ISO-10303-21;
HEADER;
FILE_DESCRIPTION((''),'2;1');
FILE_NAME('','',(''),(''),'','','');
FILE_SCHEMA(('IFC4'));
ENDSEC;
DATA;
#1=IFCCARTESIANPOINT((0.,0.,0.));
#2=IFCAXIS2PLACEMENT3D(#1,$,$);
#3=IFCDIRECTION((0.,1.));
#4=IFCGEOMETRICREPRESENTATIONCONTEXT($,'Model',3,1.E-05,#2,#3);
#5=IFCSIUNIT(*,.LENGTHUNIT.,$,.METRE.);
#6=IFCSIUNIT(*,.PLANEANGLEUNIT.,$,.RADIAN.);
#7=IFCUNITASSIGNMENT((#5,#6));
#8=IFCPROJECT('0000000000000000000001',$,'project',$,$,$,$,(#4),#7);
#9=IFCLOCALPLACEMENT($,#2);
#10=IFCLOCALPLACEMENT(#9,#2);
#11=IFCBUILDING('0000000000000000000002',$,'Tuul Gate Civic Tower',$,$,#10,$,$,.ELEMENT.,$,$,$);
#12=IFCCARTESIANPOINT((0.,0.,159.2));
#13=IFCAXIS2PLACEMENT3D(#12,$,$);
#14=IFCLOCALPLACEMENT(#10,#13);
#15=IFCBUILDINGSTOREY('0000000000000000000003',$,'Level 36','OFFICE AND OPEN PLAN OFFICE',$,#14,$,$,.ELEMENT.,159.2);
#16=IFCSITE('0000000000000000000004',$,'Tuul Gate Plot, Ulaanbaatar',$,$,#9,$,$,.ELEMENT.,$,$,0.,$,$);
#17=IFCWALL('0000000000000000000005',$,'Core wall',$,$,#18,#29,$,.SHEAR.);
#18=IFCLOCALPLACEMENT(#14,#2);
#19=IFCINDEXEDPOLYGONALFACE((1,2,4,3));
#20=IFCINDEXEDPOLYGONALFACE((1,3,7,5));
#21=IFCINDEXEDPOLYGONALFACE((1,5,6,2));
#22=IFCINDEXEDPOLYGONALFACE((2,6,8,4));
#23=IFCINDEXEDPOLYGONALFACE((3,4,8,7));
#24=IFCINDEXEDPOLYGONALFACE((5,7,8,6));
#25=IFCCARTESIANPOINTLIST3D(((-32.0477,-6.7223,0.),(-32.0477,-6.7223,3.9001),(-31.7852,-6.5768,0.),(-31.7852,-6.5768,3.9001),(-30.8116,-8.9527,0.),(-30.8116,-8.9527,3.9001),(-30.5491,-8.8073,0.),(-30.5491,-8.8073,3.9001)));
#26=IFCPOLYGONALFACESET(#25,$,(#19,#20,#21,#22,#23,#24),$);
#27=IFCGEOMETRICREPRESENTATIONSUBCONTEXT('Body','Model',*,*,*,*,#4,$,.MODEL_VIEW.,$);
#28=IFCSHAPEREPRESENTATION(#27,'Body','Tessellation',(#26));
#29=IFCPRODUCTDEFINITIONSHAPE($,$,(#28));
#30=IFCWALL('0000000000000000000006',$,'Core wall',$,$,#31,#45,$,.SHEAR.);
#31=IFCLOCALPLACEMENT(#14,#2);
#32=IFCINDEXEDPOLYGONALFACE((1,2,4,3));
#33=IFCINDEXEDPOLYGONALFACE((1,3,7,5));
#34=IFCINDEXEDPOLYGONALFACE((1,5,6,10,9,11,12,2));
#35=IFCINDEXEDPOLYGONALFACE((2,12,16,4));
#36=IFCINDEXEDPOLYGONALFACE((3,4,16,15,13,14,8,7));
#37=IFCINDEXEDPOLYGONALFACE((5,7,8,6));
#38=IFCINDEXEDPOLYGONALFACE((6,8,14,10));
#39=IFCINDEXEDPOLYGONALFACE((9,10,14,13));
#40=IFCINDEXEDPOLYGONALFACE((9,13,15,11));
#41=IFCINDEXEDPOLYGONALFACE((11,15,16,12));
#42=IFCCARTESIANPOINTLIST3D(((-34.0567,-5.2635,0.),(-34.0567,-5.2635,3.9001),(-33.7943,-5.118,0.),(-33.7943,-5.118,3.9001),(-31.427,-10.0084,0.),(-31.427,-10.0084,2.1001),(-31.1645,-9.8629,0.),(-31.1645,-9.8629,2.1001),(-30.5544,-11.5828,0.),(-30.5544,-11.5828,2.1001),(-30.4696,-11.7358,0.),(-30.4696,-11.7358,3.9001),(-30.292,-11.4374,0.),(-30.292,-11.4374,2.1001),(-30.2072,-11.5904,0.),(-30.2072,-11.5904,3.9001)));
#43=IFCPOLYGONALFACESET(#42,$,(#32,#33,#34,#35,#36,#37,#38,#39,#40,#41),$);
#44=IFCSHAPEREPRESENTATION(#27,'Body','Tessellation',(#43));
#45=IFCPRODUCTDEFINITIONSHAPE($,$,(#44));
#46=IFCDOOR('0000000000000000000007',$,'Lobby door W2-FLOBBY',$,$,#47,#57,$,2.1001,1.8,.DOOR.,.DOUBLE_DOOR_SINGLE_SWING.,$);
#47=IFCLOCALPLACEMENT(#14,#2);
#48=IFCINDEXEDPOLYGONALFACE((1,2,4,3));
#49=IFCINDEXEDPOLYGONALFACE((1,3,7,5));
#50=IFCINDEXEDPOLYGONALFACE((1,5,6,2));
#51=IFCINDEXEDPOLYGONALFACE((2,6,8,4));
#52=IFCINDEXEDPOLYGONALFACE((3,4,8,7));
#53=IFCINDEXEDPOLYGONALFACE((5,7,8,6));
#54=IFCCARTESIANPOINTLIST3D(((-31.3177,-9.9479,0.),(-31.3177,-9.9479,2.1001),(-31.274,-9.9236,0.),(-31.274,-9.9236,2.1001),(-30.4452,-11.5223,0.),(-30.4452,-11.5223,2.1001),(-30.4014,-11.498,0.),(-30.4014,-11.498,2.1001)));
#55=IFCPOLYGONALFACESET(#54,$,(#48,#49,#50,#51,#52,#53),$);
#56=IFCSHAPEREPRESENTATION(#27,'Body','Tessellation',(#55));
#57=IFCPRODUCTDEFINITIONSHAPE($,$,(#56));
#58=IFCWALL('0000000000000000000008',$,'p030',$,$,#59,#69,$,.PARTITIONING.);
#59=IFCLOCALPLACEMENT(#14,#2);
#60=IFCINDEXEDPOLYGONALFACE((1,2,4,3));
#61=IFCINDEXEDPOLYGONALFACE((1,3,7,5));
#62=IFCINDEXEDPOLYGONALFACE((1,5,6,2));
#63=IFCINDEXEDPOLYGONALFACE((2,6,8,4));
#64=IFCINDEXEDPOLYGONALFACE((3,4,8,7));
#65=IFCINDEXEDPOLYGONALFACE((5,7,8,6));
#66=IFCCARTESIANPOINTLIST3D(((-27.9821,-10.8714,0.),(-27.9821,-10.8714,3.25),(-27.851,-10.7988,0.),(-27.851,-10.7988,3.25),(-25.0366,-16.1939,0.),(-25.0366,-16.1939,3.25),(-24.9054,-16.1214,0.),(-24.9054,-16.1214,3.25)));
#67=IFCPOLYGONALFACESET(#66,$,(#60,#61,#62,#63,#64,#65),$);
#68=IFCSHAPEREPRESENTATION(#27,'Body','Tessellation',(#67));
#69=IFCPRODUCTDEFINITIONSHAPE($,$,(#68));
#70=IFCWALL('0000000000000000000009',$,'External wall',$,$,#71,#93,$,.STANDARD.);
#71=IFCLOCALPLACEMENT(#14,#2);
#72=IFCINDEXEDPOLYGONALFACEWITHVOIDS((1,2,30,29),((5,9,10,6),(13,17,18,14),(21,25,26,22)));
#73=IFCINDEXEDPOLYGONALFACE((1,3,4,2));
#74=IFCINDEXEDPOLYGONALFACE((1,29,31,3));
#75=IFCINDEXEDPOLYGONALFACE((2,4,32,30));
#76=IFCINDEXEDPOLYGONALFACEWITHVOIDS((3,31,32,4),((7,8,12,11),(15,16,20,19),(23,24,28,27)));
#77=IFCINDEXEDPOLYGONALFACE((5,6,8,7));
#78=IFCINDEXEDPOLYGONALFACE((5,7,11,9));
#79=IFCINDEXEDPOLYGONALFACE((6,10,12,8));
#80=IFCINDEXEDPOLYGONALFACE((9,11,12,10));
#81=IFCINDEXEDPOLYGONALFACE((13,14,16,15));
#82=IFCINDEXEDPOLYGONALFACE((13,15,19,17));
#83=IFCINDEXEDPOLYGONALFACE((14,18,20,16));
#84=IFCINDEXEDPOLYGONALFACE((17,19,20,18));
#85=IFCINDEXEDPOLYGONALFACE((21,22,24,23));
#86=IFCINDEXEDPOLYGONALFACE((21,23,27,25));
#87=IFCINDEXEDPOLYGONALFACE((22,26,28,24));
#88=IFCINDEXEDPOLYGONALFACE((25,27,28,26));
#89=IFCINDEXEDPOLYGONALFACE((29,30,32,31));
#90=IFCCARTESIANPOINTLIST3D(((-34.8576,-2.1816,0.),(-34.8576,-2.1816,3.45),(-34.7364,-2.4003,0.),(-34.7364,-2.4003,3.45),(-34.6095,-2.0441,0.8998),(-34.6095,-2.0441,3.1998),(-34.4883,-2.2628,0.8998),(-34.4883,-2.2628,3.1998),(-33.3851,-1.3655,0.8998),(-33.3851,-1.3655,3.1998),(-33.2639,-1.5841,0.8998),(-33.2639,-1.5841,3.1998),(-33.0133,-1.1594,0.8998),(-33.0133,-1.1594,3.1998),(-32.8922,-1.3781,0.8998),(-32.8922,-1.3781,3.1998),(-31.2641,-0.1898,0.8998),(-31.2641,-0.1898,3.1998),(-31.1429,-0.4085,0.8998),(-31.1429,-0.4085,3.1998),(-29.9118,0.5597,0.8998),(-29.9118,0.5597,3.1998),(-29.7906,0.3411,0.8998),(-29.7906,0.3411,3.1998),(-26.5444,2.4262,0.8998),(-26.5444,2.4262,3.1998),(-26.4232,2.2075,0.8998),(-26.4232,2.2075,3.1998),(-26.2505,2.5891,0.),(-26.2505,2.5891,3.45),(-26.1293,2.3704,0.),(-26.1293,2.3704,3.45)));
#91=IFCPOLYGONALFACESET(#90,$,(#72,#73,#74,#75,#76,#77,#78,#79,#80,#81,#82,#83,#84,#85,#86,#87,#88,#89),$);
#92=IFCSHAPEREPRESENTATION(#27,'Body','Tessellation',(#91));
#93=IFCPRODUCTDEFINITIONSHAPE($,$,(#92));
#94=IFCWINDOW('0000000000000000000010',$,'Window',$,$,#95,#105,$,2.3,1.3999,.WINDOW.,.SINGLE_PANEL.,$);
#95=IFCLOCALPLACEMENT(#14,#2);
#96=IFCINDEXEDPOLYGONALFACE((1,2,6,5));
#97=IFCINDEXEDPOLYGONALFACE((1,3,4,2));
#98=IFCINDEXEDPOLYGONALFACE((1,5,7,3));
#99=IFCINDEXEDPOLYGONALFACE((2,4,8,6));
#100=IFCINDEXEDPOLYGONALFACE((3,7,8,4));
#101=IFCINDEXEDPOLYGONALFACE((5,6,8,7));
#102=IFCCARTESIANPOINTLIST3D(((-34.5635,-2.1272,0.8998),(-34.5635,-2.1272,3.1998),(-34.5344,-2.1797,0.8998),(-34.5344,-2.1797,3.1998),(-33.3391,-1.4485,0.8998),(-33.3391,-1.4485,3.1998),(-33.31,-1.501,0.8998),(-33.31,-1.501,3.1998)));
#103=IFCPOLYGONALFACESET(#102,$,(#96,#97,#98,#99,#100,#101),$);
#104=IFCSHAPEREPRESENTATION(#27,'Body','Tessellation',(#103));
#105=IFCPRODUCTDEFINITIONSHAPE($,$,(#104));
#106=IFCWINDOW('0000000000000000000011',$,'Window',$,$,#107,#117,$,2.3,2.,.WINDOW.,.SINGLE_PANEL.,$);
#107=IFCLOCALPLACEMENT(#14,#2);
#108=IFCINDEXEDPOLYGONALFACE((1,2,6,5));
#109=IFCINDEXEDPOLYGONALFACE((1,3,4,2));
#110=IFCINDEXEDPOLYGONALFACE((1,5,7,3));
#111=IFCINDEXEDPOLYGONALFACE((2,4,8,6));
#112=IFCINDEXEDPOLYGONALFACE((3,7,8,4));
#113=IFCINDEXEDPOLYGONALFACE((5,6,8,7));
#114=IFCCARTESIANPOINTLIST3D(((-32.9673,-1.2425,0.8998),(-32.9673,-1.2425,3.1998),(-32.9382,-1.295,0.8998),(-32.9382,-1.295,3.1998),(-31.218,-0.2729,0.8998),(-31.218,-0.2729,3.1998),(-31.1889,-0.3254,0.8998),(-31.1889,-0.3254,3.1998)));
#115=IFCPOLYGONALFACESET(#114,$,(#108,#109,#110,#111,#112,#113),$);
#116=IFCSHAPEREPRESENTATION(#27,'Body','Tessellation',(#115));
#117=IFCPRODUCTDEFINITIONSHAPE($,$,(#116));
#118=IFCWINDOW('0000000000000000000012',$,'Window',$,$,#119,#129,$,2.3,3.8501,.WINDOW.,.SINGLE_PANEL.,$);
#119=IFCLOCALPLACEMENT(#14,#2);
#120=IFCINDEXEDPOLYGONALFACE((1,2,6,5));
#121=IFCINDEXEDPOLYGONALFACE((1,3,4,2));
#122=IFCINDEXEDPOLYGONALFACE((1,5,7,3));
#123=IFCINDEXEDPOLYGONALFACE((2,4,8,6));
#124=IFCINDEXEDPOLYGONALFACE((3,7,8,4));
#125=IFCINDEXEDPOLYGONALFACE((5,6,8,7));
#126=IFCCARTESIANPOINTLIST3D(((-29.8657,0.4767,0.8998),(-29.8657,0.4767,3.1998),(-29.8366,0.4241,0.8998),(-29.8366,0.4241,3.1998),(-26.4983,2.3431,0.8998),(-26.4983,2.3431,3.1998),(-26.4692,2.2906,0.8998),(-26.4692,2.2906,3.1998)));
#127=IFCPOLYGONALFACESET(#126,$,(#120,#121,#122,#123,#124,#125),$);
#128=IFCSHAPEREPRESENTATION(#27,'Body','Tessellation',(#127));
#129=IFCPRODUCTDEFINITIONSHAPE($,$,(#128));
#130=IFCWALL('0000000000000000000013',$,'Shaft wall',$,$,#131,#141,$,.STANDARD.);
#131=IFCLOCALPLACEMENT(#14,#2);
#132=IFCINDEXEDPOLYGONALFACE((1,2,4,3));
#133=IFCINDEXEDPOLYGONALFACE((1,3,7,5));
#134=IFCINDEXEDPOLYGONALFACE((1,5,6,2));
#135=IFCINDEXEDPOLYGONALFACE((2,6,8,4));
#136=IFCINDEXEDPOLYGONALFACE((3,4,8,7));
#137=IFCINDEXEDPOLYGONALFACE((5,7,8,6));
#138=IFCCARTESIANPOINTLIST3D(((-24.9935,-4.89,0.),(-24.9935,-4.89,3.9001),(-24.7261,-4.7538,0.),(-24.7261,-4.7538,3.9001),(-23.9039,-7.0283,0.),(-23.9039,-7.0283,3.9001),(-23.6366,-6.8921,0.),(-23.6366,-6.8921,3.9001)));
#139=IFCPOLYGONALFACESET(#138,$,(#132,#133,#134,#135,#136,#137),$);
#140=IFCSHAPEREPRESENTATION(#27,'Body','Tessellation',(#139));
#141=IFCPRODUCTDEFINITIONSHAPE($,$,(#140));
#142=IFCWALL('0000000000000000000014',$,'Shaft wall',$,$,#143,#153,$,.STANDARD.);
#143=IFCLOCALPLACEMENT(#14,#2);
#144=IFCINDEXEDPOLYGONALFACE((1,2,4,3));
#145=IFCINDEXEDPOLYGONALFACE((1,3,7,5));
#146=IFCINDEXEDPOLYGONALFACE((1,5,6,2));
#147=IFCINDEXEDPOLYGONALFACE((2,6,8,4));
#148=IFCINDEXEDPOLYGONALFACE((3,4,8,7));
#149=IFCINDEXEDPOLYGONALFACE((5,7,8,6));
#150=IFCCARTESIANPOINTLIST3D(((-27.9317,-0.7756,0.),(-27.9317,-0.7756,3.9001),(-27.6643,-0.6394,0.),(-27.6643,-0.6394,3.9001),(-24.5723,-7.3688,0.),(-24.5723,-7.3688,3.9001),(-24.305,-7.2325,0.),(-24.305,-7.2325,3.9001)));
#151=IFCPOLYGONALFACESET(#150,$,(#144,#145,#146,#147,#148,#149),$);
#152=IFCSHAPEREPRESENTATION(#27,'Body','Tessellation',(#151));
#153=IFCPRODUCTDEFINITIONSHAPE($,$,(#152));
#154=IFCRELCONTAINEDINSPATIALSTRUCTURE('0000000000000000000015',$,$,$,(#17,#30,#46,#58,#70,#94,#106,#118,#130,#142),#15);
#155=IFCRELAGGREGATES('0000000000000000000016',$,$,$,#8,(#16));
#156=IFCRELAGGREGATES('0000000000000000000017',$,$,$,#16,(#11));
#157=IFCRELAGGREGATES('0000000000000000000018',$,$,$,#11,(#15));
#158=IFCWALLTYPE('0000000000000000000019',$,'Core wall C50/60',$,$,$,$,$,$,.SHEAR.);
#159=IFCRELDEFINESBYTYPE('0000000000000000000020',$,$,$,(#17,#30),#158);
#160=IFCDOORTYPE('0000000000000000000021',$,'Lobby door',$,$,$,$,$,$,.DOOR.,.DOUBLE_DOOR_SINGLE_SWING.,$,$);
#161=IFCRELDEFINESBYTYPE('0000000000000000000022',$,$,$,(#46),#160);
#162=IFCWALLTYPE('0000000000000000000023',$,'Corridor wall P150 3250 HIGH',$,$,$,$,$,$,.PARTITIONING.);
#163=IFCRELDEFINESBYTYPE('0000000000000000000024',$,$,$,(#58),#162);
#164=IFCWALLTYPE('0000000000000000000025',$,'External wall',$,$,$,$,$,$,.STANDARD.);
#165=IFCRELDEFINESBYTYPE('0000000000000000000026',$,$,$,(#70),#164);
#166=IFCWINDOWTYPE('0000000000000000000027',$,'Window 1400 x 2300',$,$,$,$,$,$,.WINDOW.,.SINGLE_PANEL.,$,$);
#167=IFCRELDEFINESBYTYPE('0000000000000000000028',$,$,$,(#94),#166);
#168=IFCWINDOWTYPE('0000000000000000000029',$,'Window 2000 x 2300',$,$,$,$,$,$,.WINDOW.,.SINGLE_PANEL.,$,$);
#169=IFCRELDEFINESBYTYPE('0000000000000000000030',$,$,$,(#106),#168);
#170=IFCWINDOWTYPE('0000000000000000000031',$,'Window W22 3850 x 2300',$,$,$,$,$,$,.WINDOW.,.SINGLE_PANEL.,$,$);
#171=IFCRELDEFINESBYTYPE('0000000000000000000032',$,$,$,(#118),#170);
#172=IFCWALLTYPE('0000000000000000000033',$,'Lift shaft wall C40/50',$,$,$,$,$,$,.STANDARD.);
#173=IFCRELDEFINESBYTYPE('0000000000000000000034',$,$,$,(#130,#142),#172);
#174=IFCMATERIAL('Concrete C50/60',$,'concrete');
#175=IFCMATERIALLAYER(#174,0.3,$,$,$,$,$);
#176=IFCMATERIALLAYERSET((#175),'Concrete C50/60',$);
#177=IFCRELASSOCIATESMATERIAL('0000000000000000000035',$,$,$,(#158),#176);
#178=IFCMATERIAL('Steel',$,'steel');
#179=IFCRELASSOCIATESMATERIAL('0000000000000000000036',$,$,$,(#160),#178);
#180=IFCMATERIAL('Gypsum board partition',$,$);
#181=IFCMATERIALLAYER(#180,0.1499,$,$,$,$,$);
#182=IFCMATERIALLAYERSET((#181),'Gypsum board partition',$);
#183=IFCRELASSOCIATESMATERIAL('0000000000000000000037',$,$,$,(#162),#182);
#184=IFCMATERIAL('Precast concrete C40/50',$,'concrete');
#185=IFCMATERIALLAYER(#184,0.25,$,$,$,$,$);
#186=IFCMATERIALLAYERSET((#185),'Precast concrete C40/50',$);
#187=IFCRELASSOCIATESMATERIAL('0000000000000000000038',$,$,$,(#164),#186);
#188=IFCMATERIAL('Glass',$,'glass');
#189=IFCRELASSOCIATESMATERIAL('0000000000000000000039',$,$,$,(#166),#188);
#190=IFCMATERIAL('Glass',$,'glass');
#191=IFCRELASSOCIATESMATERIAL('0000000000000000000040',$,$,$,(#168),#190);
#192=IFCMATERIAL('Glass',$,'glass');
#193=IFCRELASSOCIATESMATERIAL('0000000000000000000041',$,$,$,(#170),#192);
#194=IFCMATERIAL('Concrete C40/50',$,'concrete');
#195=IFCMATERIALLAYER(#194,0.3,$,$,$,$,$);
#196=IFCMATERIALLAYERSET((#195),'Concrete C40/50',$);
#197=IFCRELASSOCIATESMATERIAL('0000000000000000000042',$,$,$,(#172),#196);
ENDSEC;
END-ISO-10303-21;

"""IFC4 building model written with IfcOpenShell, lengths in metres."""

from ifc_helpers import new_model, si_unit, direction, frame, frame_2d, origin, place, context, subcontext, project, spatial, rectangle, extrude, material, layer, layer_set, type_object, element, fill, save


model = new_model("IFC4")

# Units and contexts
model_context = context("Model", 3, precision=1e-05, world=origin(), true_north=direction((0.0, 1.0)))
body_context = subcontext(model_context, "Body", "Model", "MODEL_VIEW")
ifc_project = project(units=[si_unit("LENGTHUNIT", "METRE"), si_unit("PLANEANGLEUNIT", "RADIAN")], contexts=[model_context])

# Site, building, storey
site_placement = place(None, origin())
site = spatial("IfcSite", under=ifc_project, at=site_placement, Name="Tuul Gate Plot, Ulaanbaatar", CompositionType="ELEMENT", RefElevation=0.0)
building_placement = place(site_placement, origin())
building = spatial("IfcBuilding", under=site, at=building_placement, Name="Tuul Gate Civic Tower", CompositionType="ELEMENT")
storey_placement = place(building_placement, frame((0.0, 0.0, 159.2)))
storey = spatial("IfcBuildingStorey", under=building, at=storey_placement, Name="Level 36", Description="OFFICE AND OPEN PLAN OFFICE", CompositionType="ELEMENT", Elevation=159.2)

# Shared definitions
ifc_material_1 = material(Name="Concrete C50/60", Category="concrete")
ifc_layer_1 = layer(ifc_material_1, 0.3)
ifc_layer_set_1 = layer_set([ifc_layer_1], Name="Concrete C50/60")
wall_type_1 = type_object("IfcWallType", Name="Core wall C50/60", PredefinedType="SHEAR", material=ifc_layer_set_1)

# Wall
wall_1_placement = place(storey_placement, frame((-30.6804, -8.8799, 0.0), z_axis=(0.0, 0.0, 1.0), x_axis=(-0.484724, 0.874667, 0.0)))
element("IfcWall", 1, at=wall_1_placement, inside=storey, type_object=wall_type_1, Name="Core wall", PredefinedType="SHEAR", context=body_context, shape_type="SweptSolid", body=[
    extrude(rectangle(XDim=2.55, YDim=0.3, at=frame_2d((1.2749, 0.0))), origin(), (0.0, 0.0, 1.0), 3.9001),
])

# Wall, opening, door
wall_2_placement = place(storey_placement, frame((-30.3384, -11.6631, 0.0), z_axis=(0.0, 0.0, 1.0), x_axis=(-0.484752, 0.874652, 0.0)))
wall_2 = element("IfcWall", 2, at=wall_2_placement, inside=storey, type_object=wall_type_1, Name="Core wall", PredefinedType="SHEAR", context=body_context, shape_type="SweptSolid", body=[
    extrude(rectangle(XDim=7.3999, YDim=0.3, at=frame_2d((3.7, 0.0))), origin(), (0.0, 0.0, 1.0), 3.9001),
])
opening_1_placement = place(wall_2_placement, frame((0.175, 0.0, 0.0)))
opening_1 = element("IfcOpeningElement", 3, at=opening_1_placement, cuts=wall_2, PredefinedType="OPENING", context=body_context, shape_type="SweptSolid", body=[
    extrude(rectangle(XDim=1.8, YDim=2.1001, at=frame_2d((0.8999, 1.05))), frame((0.0, 0.1602, 0.0), z_axis=(0.0, -1.0, 0.0), x_axis=(1.0, 0.0, 0.0)), (0.0, 0.0, 1.0), 0.3201),
])
ifc_material_2 = material(Name="Steel", Category="steel")
door_type_1 = type_object("IfcDoorType", Name="Lobby door", OperationType="DOUBLE_DOOR_SINGLE_SWING", PredefinedType="DOOR", material=ifc_material_2)
door_1_placement = place(opening_1_placement, frame((1.8, 0.0, 0.0), z_axis=(0.0, 0.0, 1.0), x_axis=(-1.0, 0.0, 0.0)))
door_1 = element("IfcDoor", 4, at=door_1_placement, inside=storey, type_object=door_type_1, Name="Lobby door W2-FLOBBY", OperationType="DOUBLE_DOOR_SINGLE_SWING", OverallHeight=2.1001, OverallWidth=1.8, PredefinedType="DOOR", context=body_context, shape_type="SweptSolid", body=[
    extrude(rectangle(XDim=1.8, YDim=2.1001, at=frame_2d((0.9001, 1.05))), frame((0.0, 0.0249, 0.0), z_axis=(0.0, -1.0, 0.0), x_axis=(1.0, 0.0, 0.0)), (0.0, 0.0, 1.0), 0.05),
])
fill(opening_1, door_1)

# Wall
ifc_material_3 = material(Name="Gypsum board partition")
ifc_layer_2 = layer(ifc_material_3, 0.1499)
ifc_layer_set_2 = layer_set([ifc_layer_2], Name="Gypsum board partition")
wall_type_2 = type_object("IfcWallType", Name="Corridor wall P150 3250 HIGH", PredefinedType="PARTITIONING", material=ifc_layer_set_2)
wall_3_placement = place(storey_placement, frame((-27.9165, -10.8352, 0.0), z_axis=(0.0, 0.0, 1.0), x_axis=(0.484211, -0.874951, 0.0)))
element("IfcWall", 5, at=wall_3_placement, inside=storey, type_object=wall_type_2, Name="p030", PredefinedType="PARTITIONING", context=body_context, shape_type="SweptSolid", body=[
    extrude(rectangle(XDim=6.0833, YDim=0.1499, at=frame_2d((3.0415, 0.0))), origin(), (0.0, 0.0, 1.0), 3.25),
])

# Wall, openings, windows
ifc_material_4 = material(Name="Precast concrete C40/50", Category="concrete")
ifc_layer_3 = layer(ifc_material_4, 0.25)
ifc_layer_set_3 = layer_set([ifc_layer_3], Name="Precast concrete C40/50")
wall_type_3 = type_object("IfcWallType", Name="External wall", PredefinedType="STANDARD", material=ifc_layer_set_3)
wall_4_placement = place(storey_placement, frame((-26.1899, 2.4797, 0.0), z_axis=(0.0, 0.0, 1.0), x_axis=(-0.874632, -0.484787, 0.0)))
wall_4 = element("IfcWall", 6, at=wall_4_placement, inside=storey, type_object=wall_type_3, Name="External wall", PredefinedType="STANDARD", context=body_context, shape_type="SweptSolid", body=[
    extrude(rectangle(XDim=9.8408, YDim=0.25, at=frame_2d((4.9204, 0.0))), origin(), (0.0, 0.0, 1.0), 3.45),
])
opening_2_placement = place(wall_4_placement, frame((0.3359, 0.0, 0.8999)))
opening_2 = element("IfcOpeningElement", 7, at=opening_2_placement, cuts=wall_4, PredefinedType="OPENING", context=body_context, shape_type="SweptSolid", body=[
    extrude(rectangle(XDim=3.8501, YDim=2.3, at=frame_2d((1.925, 1.1499))), frame((0.0, 0.135, 0.0), z_axis=(0.0, -1.0, 0.0), x_axis=(1.0, 0.0, 0.0)), (0.0, 0.0, 1.0), 0.27),
])
opening_3_placement = place(wall_4_placement, frame((5.7322, 0.0, 0.8999)))
opening_3 = element("IfcOpeningElement", 8, at=opening_3_placement, cuts=wall_4, PredefinedType="OPENING", context=body_context, shape_type="SweptSolid", body=[
    extrude(rectangle(XDim=2.0, YDim=2.3, at=frame_2d((1.0, 1.1499))), frame((0.0, 0.135, 0.0), z_axis=(0.0, -1.0, 0.0), x_axis=(1.0, 0.0, 0.0)), (0.0, 0.0, 1.0), 0.27),
])
opening_4_placement = place(wall_4_placement, frame((8.1572, 0.0, 0.8999)))
opening_4 = element("IfcOpeningElement", 9, at=opening_4_placement, cuts=wall_4, PredefinedType="OPENING", context=body_context, shape_type="SweptSolid", body=[
    extrude(rectangle(XDim=1.3999, YDim=2.3, at=frame_2d((0.7, 1.1499))), frame((0.0, 0.135, 0.0), z_axis=(0.0, -1.0, 0.0), x_axis=(1.0, 0.0, 0.0)), (0.0, 0.0, 1.0), 0.27),
])
ifc_material_5 = material(Name="Glass", Category="glass")
window_type_1 = type_object("IfcWindowType", Name="Window 1400 x 2300", PartitioningType="SINGLE_PANEL", PredefinedType="WINDOW", material=ifc_material_5)
window_1_placement = place(opening_4_placement, origin())
window_1 = element("IfcWindow", 10, at=window_1_placement, inside=storey, type_object=window_type_1, Name="Window", OverallHeight=2.3, OverallWidth=1.3999, PartitioningType="SINGLE_PANEL", PredefinedType="WINDOW", context=body_context, shape_type="SweptSolid", body=[
    extrude(rectangle(XDim=1.3999, YDim=2.3, at=frame_2d((0.7, 1.1499))), frame((0.0, 0.03, 0.0), z_axis=(0.0, -1.0, 0.0), x_axis=(1.0, 0.0, 0.0)), (0.0, 0.0, 1.0), 0.0601),
])
fill(opening_4, window_1)
ifc_material_6 = material(Name="Glass", Category="glass")
window_type_2 = type_object("IfcWindowType", Name="Window 2000 x 2300", PartitioningType="SINGLE_PANEL", PredefinedType="WINDOW", material=ifc_material_6)
window_2_placement = place(opening_3_placement, origin())
window_2 = element("IfcWindow", 11, at=window_2_placement, inside=storey, type_object=window_type_2, Name="Window", OverallHeight=2.3, OverallWidth=2.0, PartitioningType="SINGLE_PANEL", PredefinedType="WINDOW", context=body_context, shape_type="SweptSolid", body=[
    extrude(rectangle(XDim=2.0, YDim=2.3, at=frame_2d((1.0, 1.1499))), frame((0.0, 0.03, 0.0), z_axis=(0.0, -1.0, 0.0), x_axis=(1.0, 0.0, 0.0)), (0.0, 0.0, 1.0), 0.0601),
])
fill(opening_3, window_2)
ifc_material_7 = material(Name="Glass", Category="glass")
window_type_3 = type_object("IfcWindowType", Name="Window W22 3850 x 2300", PartitioningType="SINGLE_PANEL", PredefinedType="WINDOW", material=ifc_material_7)
window_3_placement = place(opening_2_placement, origin())
window_3 = element("IfcWindow", 12, at=window_3_placement, inside=storey, type_object=window_type_3, Name="Window", OverallHeight=2.3, OverallWidth=3.8501, PartitioningType="SINGLE_PANEL", PredefinedType="WINDOW", context=body_context, shape_type="SweptSolid", body=[
    extrude(rectangle(XDim=3.8501, YDim=2.3, at=frame_2d((1.925, 1.1499))), frame((0.0, 0.03, 0.0), z_axis=(0.0, -1.0, 0.0), x_axis=(1.0, 0.0, 0.0)), (0.0, 0.0, 1.0), 0.0601),
])
fill(opening_2, window_3)

# Walls
ifc_material_8 = material(Name="Concrete C40/50", Category="concrete")
ifc_layer_4 = layer(ifc_material_8, 0.3)
ifc_layer_set_4 = layer_set([ifc_layer_4], Name="Concrete C40/50")
wall_type_4 = type_object("IfcWallType", Name="Lift shaft wall C40/50", PredefinedType="STANDARD", material=ifc_layer_set_4)
wall_5_placement = place(storey_placement, frame((-23.7703, -6.9602, 0.0), z_axis=(0.0, 0.0, 1.0), x_axis=(-0.453996, 0.891004, 0.0)))
element("IfcWall", 13, at=wall_5_placement, inside=storey, type_object=wall_type_4, Name="Shaft wall", PredefinedType="STANDARD", context=body_context, shape_type="SweptSolid", body=[
    extrude(rectangle(XDim=2.3999, YDim=0.3, at=frame_2d((1.2, 0.0))), origin(), (0.0, 0.0, 1.0), 3.9001),
])
wall_6_placement = place(storey_placement, frame((-24.4387, -7.3005, 0.0), z_axis=(0.0, 0.0, 1.0), x_axis=(-0.453984, 0.89101, 0.0)))
element("IfcWall", 14, at=wall_6_placement, inside=storey, type_object=wall_type_4, Name="Shaft wall", PredefinedType="STANDARD", context=body_context, shape_type="SweptSolid", body=[
    extrude(rectangle(XDim=7.3997, YDim=0.3, at=frame_2d((3.6997, 0.0))), origin(), (0.0, 0.0, 1.0), 3.9001),
])

save(model, "model.ifc")
